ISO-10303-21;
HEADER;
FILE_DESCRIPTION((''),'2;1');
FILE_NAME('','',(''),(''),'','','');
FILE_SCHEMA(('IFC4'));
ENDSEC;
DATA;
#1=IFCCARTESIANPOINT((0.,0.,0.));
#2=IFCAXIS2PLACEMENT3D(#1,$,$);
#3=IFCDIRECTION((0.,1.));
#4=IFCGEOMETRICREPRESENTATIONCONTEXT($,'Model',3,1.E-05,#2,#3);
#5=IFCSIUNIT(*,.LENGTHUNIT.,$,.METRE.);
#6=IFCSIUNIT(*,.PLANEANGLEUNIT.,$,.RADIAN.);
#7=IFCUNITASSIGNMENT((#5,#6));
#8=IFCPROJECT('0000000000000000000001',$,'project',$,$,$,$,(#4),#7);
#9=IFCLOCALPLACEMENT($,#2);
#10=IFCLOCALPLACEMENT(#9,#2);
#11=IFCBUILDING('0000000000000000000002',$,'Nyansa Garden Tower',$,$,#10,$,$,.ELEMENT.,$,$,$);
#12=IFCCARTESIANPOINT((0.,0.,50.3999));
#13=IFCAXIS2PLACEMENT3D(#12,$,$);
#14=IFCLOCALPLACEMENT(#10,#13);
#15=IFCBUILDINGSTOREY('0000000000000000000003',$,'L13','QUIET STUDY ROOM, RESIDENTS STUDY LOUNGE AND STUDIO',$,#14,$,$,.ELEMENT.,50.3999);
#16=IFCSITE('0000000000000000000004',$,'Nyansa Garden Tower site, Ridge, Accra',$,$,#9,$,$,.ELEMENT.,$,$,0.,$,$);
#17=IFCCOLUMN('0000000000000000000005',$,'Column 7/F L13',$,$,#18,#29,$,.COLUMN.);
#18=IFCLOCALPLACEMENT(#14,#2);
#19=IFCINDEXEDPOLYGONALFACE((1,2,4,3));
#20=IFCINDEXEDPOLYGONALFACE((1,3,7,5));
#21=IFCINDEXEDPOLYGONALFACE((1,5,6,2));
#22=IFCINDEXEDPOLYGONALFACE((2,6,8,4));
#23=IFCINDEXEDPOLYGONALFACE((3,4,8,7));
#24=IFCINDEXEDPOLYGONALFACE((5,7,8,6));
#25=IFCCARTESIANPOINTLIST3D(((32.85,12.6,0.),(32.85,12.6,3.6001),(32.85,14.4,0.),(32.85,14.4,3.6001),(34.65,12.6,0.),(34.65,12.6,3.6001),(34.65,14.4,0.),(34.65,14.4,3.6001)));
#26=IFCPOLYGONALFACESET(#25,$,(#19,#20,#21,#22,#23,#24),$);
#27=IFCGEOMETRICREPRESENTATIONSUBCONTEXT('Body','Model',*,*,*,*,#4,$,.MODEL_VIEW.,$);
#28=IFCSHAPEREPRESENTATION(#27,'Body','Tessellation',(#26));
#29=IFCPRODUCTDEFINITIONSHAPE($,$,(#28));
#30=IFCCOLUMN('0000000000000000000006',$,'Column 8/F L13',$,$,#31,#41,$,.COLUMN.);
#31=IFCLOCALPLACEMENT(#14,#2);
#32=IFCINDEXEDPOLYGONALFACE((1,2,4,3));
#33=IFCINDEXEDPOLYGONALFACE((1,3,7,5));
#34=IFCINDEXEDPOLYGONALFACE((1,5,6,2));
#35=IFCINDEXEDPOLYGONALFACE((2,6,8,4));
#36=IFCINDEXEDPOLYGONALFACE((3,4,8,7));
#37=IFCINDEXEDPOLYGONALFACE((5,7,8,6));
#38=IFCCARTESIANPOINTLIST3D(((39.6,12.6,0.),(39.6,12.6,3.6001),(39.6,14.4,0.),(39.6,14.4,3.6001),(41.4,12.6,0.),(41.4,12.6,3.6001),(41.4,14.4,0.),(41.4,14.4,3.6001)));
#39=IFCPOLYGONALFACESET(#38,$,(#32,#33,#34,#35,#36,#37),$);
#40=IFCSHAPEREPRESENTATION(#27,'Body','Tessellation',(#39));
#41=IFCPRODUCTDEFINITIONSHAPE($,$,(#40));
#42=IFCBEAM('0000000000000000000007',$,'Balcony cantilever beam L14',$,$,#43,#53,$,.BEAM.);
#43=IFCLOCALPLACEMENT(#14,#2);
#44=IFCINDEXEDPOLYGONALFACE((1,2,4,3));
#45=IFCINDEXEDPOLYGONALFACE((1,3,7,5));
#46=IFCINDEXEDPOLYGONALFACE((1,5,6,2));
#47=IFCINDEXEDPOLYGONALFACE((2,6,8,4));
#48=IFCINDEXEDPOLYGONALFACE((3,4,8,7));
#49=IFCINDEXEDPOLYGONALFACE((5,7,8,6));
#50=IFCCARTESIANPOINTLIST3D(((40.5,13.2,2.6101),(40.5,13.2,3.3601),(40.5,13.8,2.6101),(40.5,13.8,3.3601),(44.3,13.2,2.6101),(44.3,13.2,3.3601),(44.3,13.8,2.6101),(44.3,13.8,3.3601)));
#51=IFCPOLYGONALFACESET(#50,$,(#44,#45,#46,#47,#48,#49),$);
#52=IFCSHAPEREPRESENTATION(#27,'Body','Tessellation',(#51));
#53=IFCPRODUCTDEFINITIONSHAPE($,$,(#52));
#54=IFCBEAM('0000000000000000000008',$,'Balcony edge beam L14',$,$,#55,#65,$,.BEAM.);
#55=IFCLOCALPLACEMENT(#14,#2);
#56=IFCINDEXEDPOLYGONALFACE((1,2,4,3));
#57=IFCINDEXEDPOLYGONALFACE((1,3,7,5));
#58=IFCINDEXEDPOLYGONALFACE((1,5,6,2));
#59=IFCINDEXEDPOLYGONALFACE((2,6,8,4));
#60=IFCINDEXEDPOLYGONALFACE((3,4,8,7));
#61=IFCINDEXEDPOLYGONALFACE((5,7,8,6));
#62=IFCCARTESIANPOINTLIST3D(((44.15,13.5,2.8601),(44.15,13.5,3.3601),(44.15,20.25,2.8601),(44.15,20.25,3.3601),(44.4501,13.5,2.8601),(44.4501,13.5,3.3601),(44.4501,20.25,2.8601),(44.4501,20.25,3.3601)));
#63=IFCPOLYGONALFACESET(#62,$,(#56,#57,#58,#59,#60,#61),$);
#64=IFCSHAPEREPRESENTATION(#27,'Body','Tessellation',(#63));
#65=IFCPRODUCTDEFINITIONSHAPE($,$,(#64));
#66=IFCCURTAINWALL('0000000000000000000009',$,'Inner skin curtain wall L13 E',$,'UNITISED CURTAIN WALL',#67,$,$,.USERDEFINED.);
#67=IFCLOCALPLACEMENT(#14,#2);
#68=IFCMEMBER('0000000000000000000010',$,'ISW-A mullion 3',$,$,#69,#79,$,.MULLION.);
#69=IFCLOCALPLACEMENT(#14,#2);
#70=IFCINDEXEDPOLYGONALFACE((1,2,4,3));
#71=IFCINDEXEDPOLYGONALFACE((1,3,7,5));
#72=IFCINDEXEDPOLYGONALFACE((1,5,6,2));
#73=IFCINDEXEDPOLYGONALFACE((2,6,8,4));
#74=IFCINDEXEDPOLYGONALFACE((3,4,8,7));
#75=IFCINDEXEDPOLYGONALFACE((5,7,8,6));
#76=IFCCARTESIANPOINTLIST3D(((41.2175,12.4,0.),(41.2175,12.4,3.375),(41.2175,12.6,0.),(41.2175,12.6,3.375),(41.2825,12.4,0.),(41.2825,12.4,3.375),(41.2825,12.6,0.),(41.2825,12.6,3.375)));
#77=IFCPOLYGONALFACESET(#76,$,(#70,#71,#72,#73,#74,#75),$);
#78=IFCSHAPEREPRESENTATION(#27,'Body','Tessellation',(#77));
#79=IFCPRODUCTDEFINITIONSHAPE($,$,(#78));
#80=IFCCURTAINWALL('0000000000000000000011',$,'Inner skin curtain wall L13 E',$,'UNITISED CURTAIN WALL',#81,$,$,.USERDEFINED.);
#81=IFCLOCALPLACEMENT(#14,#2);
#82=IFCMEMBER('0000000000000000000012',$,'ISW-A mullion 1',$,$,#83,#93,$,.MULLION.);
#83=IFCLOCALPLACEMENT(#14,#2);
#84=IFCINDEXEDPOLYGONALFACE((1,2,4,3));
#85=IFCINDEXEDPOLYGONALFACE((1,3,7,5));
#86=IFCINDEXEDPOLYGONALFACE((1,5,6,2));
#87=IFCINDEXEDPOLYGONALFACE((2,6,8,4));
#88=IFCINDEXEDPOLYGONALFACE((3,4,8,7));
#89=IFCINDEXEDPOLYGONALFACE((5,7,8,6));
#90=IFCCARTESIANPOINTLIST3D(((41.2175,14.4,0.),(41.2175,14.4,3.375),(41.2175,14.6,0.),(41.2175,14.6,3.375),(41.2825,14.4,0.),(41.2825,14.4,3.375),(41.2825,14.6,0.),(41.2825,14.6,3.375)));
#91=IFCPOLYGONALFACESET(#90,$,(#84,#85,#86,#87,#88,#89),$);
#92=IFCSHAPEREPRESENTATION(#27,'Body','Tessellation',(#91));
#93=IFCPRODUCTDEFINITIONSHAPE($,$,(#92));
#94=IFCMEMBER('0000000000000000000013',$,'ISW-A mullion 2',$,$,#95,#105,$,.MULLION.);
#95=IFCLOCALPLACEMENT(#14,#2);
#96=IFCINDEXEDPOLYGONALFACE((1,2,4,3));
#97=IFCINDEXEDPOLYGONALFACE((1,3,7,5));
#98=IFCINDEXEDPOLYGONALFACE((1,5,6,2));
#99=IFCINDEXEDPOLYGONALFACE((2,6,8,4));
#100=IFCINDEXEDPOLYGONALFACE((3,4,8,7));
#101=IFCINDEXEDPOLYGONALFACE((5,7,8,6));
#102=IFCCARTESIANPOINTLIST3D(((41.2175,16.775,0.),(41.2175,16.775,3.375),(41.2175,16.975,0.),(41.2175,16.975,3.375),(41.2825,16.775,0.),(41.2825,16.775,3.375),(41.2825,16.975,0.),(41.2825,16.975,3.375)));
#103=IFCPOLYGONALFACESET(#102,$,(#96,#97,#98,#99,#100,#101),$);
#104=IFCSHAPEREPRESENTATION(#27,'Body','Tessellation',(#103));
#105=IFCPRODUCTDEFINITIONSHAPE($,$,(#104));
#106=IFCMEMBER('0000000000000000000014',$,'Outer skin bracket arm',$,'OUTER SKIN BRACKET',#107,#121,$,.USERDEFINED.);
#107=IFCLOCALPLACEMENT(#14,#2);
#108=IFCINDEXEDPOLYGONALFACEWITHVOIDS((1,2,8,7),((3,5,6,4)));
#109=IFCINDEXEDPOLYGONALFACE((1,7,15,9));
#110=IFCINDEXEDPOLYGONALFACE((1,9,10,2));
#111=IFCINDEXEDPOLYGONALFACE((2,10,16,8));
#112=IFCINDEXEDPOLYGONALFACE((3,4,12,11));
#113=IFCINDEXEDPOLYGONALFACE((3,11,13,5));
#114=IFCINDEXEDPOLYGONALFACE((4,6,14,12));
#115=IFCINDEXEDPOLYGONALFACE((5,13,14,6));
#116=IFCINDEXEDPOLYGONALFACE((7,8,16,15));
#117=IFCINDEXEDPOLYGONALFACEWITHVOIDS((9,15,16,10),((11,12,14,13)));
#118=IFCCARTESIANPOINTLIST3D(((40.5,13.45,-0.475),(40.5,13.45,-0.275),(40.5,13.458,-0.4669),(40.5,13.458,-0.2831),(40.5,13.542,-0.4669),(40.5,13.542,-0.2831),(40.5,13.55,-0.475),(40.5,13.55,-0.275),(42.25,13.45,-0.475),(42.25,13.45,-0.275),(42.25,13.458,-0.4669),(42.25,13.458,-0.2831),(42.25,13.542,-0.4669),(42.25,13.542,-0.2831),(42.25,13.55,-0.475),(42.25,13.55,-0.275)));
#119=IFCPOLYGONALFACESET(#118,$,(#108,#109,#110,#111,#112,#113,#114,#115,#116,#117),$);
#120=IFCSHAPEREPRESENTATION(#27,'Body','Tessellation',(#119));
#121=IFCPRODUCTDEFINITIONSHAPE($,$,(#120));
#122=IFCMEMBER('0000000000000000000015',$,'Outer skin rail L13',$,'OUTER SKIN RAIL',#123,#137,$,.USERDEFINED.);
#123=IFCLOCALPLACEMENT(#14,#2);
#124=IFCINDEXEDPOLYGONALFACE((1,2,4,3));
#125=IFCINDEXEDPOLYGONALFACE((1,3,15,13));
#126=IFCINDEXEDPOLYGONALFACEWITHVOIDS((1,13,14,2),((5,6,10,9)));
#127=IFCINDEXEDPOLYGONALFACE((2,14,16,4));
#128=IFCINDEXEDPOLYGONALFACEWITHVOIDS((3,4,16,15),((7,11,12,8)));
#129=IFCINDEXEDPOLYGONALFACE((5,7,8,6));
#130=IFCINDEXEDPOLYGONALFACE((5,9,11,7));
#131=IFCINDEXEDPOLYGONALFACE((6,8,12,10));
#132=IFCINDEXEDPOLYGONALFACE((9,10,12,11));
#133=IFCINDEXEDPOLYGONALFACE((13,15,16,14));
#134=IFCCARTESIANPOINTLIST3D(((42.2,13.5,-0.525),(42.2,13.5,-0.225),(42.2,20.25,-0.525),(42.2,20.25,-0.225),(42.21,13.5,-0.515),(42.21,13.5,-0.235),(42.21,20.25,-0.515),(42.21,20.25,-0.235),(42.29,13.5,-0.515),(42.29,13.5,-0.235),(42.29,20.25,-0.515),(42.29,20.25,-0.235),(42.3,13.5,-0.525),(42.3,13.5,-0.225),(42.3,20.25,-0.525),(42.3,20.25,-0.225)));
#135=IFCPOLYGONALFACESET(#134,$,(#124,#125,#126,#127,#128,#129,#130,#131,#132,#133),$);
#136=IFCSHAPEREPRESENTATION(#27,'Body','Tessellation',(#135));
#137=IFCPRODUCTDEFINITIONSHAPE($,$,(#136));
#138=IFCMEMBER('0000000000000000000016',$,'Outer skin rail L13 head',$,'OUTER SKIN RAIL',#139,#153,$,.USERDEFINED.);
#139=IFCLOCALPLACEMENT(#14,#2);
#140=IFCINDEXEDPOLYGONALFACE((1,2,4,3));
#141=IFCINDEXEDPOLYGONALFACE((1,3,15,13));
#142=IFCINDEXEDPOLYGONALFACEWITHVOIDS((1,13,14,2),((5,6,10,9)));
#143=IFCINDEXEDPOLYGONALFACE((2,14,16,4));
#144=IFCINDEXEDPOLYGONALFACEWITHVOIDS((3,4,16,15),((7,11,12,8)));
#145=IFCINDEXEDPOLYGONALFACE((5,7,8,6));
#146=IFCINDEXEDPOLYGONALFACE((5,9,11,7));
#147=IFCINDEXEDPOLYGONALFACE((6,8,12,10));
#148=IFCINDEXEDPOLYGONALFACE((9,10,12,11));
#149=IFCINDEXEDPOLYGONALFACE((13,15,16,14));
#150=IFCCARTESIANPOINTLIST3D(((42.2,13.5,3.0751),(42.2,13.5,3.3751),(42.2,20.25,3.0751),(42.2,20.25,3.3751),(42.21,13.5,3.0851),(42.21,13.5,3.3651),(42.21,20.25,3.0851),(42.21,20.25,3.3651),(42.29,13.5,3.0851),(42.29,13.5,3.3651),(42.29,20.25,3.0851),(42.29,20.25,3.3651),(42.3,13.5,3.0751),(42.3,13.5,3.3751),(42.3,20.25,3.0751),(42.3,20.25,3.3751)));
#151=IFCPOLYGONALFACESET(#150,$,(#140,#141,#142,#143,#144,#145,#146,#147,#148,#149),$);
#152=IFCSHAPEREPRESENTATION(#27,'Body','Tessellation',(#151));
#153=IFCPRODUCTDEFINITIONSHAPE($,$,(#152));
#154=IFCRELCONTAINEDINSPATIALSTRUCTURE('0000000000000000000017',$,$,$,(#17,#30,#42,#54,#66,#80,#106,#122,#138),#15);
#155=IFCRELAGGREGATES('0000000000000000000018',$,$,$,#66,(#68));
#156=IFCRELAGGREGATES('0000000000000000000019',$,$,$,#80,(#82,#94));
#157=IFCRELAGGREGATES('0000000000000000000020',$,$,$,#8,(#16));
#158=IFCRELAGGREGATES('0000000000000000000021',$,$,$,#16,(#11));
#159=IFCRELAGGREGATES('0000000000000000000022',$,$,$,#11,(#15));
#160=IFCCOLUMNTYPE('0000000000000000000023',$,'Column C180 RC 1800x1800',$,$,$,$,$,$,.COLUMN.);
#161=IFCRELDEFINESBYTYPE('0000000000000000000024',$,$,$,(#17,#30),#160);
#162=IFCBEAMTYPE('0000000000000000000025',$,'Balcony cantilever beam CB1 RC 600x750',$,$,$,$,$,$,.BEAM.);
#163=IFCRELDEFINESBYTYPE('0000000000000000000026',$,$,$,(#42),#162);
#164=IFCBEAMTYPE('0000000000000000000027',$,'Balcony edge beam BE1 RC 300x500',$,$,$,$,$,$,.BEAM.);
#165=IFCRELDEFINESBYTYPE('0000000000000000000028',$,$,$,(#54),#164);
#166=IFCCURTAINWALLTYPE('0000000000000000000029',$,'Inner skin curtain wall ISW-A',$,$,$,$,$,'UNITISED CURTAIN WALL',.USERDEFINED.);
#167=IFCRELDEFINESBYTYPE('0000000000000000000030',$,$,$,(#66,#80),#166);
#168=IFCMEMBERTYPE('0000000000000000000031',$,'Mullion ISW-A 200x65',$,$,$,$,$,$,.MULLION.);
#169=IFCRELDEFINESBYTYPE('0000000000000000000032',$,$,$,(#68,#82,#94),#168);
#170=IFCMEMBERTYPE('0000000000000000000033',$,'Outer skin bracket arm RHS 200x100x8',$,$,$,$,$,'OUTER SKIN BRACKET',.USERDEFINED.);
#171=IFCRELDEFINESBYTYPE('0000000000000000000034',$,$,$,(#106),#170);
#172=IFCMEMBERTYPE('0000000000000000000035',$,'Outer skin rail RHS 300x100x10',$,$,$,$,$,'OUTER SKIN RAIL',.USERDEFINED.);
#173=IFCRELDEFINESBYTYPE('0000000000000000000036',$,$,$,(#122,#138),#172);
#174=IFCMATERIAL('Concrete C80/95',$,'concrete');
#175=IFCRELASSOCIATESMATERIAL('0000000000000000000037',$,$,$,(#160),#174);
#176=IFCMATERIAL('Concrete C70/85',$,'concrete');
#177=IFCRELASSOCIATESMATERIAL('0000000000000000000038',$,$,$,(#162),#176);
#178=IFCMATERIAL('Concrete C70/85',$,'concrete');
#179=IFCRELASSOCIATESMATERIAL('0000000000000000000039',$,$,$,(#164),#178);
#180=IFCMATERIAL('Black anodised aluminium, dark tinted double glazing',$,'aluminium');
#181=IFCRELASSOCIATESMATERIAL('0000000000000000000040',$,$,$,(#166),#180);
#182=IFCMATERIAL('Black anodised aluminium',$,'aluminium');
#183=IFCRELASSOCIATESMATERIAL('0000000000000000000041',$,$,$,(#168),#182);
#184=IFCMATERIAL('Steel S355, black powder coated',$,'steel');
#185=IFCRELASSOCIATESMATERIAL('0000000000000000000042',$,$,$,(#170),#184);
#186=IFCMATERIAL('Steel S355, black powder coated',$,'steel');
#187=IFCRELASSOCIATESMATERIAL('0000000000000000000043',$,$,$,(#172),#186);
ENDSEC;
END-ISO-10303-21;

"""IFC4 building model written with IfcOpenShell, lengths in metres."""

from ifc_helpers import new_model, si_unit, direction, frame, origin, origin_2d, place, context, subcontext, project, spatial, rectangle, hollow_rectangle, extrude, material, material_profile, profile_set, type_object, element, aggregate, save


model = new_model("IFC4")

# Units and contexts
model_context = context("Model", 3, precision=1e-05, world=origin(), true_north=direction((0.0, 1.0)))
body_context = subcontext(model_context, "Body", "Model", "MODEL_VIEW")
ifc_project = project(units=[si_unit("LENGTHUNIT", "METRE"), si_unit("PLANEANGLEUNIT", "RADIAN")], contexts=[model_context])

# Site, building, storey
site_placement = place(None, origin())
site = spatial("IfcSite", under=ifc_project, at=site_placement, Name="Nyansa Garden Tower site, Ridge, Accra", CompositionType="ELEMENT", RefElevation=0.0)
building_placement = place(site_placement, origin())
building = spatial("IfcBuilding", under=site, at=building_placement, Name="Nyansa Garden Tower", CompositionType="ELEMENT")
storey_placement = place(building_placement, frame((0.0, 0.0, 50.3999)))
storey = spatial("IfcBuildingStorey", under=building, at=storey_placement, Name="L13", Description="QUIET STUDY ROOM, RESIDENTS STUDY LOUNGE AND STUDIO", CompositionType="ELEMENT", Elevation=50.3999)

# Columns
ifc_material_1 = material(Name="Concrete C80/95", Category="concrete")
ifc_material_profile_1 = material_profile(ifc_material_1, rectangle(XDim=1.8, YDim=1.8, at=origin_2d()), Name="RC 1800x1800")
ifc_profile_set_1 = profile_set([ifc_material_profile_1], Name="Concrete C80/95")
column_type = type_object("IfcColumnType", Name="Column C180 RC 1800x1800", PredefinedType="COLUMN", material=ifc_profile_set_1)
for number, where, z_axis, x_axis, name in (
    (1, (33.75, 13.5, 0.0), (0.0, 0.0, 1.0), (1.0, 0.0, 0.0), "Column 7/F L13"),
    (2, (40.5, 13.5, 0.0), (0.0, 0.0, 1.0), (1.0, 0.0, 0.0), "Column 8/F L13"),
):
    element("IfcColumn", number, at=place(storey_placement, frame(where, z_axis=z_axis, x_axis=x_axis)), inside=storey, type_object=column_type, Name=name, PredefinedType="COLUMN", context=body_context, shape_type="SweptSolid", body=[
        extrude(rectangle(XDim=1.8, YDim=1.8, at=origin_2d()), origin(), (0.0, 0.0, 1.0), 3.6001),
    ])

# Beams
ifc_material_2 = material(Name="Concrete C70/85", Category="concrete")
ifc_material_profile_2 = material_profile(ifc_material_2, rectangle(XDim=0.6001, YDim=0.75, at=origin_2d()), Name="RC 600x750")
ifc_profile_set_2 = profile_set([ifc_material_profile_2], Name="Concrete C70/85")
beam_type_1 = type_object("IfcBeamType", Name="Balcony cantilever beam CB1 RC 600x750", PredefinedType="BEAM", material=ifc_profile_set_2)
beam_1_placement = place(storey_placement, frame((40.5, 13.5, 2.9851), z_axis=(1.0, 0.0, 0.0), x_axis=(0.0, 1.0, 0.0)))
element("IfcBeam", 3, at=beam_1_placement, inside=storey, type_object=beam_type_1, Name="Balcony cantilever beam L14", PredefinedType="BEAM", context=body_context, shape_type="SweptSolid", body=[
    extrude(rectangle(XDim=0.6001, YDim=0.75, at=origin_2d()), origin(), (0.0, 0.0, 1.0), 3.8),
])
ifc_material_3 = material(Name="Concrete C70/85", Category="concrete")
ifc_material_profile_3 = material_profile(ifc_material_3, rectangle(XDim=0.3, YDim=0.5, at=origin_2d()), Name="RC 300x500")
ifc_profile_set_3 = profile_set([ifc_material_profile_3], Name="Concrete C70/85")
beam_type_2 = type_object("IfcBeamType", Name="Balcony edge beam BE1 RC 300x500", PredefinedType="BEAM", material=ifc_profile_set_3)
beam_2_placement = place(storey_placement, frame((44.3, 13.5, 3.1101), z_axis=(0.0, 1.0, 0.0), x_axis=(-1.0, 0.0, 0.0)))
element("IfcBeam", 4, at=beam_2_placement, inside=storey, type_object=beam_type_2, Name="Balcony edge beam L14", PredefinedType="BEAM", context=body_context, shape_type="SweptSolid", body=[
    extrude(rectangle(XDim=0.3, YDim=0.5, at=origin_2d()), origin(), (0.0, 0.0, 1.0), 6.75),
])

# Curtain wall, member
ifc_material_4 = material(Name="Black anodised aluminium, dark tinted double glazing", Category="aluminium")
curtain_wall_type = type_object("IfcCurtainWallType", Name="Inner skin curtain wall ISW-A", ElementType="UNITISED CURTAIN WALL", PredefinedType="USERDEFINED", material=ifc_material_4)
curtain_wall_1_placement = place(storey_placement, origin())
curtain_wall_1 = element("IfcCurtainWall", 5, at=curtain_wall_1_placement, inside=storey, type_object=curtain_wall_type, Name="Inner skin curtain wall L13 E", ObjectType="UNITISED CURTAIN WALL", PredefinedType="USERDEFINED")
ifc_material_5 = material(Name="Black anodised aluminium", Category="aluminium")
ifc_material_profile_4 = material_profile(ifc_material_5, rectangle(XDim=0.0649, YDim=0.2, at=origin_2d()), Name="Mullion 200x65")
ifc_profile_set_4 = profile_set([ifc_material_profile_4], Name="Black anodised aluminium")
member_type_1 = type_object("IfcMemberType", Name="Mullion ISW-A 200x65", PredefinedType="MULLION", material=ifc_profile_set_4)
member_1_placement = place(storey_placement, frame((41.25, 12.5, 0.0), z_axis=(0.0, 0.0, 1.0), x_axis=(-1.0, 0.0, 0.0)))
member_1 = element("IfcMember", 6, at=member_1_placement, type_object=member_type_1, Name="ISW-A mullion 3", PredefinedType="MULLION", context=body_context, shape_type="SweptSolid", body=[
    extrude(rectangle(XDim=0.0649, YDim=0.2, at=origin_2d()), origin(), (0.0, 0.0, 1.0), 3.375),
])
aggregate(curtain_wall_1, [member_1])

# Curtain wall, members
curtain_wall_2_placement = place(storey_placement, origin())
curtain_wall_2 = element("IfcCurtainWall", 7, at=curtain_wall_2_placement, inside=storey, type_object=curtain_wall_type, Name="Inner skin curtain wall L13 E", ObjectType="UNITISED CURTAIN WALL", PredefinedType="USERDEFINED")
member_2_placement = place(storey_placement, frame((41.25, 14.5, 0.0), z_axis=(0.0, 0.0, 1.0), x_axis=(-1.0, 0.0, 0.0)))
member_2 = element("IfcMember", 8, at=member_2_placement, type_object=member_type_1, Name="ISW-A mullion 1", PredefinedType="MULLION", context=body_context, shape_type="SweptSolid", body=[
    extrude(rectangle(XDim=0.0649, YDim=0.2, at=origin_2d()), origin(), (0.0, 0.0, 1.0), 3.375),
])
member_3_placement = place(storey_placement, frame((41.25, 16.875, 0.0), z_axis=(0.0, 0.0, 1.0), x_axis=(-1.0, 0.0, 0.0)))
member_3 = element("IfcMember", 9, at=member_3_placement, type_object=member_type_1, Name="ISW-A mullion 2", PredefinedType="MULLION", context=body_context, shape_type="SweptSolid", body=[
    extrude(rectangle(XDim=0.0649, YDim=0.2, at=origin_2d()), origin(), (0.0, 0.0, 1.0), 3.375),
])

# Members
ifc_material_6 = material(Name="Steel S355, black powder coated", Category="steel")
ifc_material_profile_5 = material_profile(ifc_material_6, hollow_rectangle(XDim=0.1001, YDim=0.2, WallThickness=0.0081, at=origin_2d()), Name="RHS 200x100x8")
ifc_profile_set_5 = profile_set([ifc_material_profile_5], Name="Steel S355, black powder coated")
member_type_2 = type_object("IfcMemberType", Name="Outer skin bracket arm RHS 200x100x8", ElementType="OUTER SKIN BRACKET", PredefinedType="USERDEFINED", material=ifc_profile_set_5)
member_4_placement = place(storey_placement, frame((40.5, 13.5, -0.375), z_axis=(1.0, 0.0, 0.0), x_axis=(0.0, 1.0, 0.0)))
element("IfcMember", 10, at=member_4_placement, inside=storey, type_object=member_type_2, Name="Outer skin bracket arm", ObjectType="OUTER SKIN BRACKET", PredefinedType="USERDEFINED", context=body_context, shape_type="SweptSolid", body=[
    extrude(hollow_rectangle(XDim=0.1001, YDim=0.2, WallThickness=0.0081, at=origin_2d()), origin(), (0.0, 0.0, 1.0), 1.75),
])
ifc_material_7 = material(Name="Steel S355, black powder coated", Category="steel")
ifc_material_profile_6 = material_profile(ifc_material_7, hollow_rectangle(XDim=0.1001, YDim=0.3, WallThickness=0.01, at=origin_2d()), Name="RHS 300x100x10")
ifc_profile_set_6 = profile_set([ifc_material_profile_6], Name="Steel S355, black powder coated")
member_type_3 = type_object("IfcMemberType", Name="Outer skin rail RHS 300x100x10", ElementType="OUTER SKIN RAIL", PredefinedType="USERDEFINED", material=ifc_profile_set_6)
for number, where, z_axis, x_axis, name in (
    (11, (42.25, 13.5, -0.375), (0.0, 1.0, 0.0), (-1.0, 0.0, 0.0), "Outer skin rail L13"),
    (12, (42.25, 13.5, 3.2251), (0.0, 1.0, 0.0), (-1.0, 0.0, 0.0), "Outer skin rail L13 head"),
):
    element("IfcMember", number, at=place(storey_placement, frame(where, z_axis=z_axis, x_axis=x_axis)), inside=storey, type_object=member_type_3, Name=name, ObjectType="OUTER SKIN RAIL", PredefinedType="USERDEFINED", context=body_context, shape_type="SweptSolid", body=[
        extrude(hollow_rectangle(XDim=0.1001, YDim=0.3, WallThickness=0.01, at=origin_2d()), origin(), (0.0, 0.0, 1.0), 6.75),
    ])

aggregate(curtain_wall_2, [member_2, member_3])

save(model, "model.ifc")
